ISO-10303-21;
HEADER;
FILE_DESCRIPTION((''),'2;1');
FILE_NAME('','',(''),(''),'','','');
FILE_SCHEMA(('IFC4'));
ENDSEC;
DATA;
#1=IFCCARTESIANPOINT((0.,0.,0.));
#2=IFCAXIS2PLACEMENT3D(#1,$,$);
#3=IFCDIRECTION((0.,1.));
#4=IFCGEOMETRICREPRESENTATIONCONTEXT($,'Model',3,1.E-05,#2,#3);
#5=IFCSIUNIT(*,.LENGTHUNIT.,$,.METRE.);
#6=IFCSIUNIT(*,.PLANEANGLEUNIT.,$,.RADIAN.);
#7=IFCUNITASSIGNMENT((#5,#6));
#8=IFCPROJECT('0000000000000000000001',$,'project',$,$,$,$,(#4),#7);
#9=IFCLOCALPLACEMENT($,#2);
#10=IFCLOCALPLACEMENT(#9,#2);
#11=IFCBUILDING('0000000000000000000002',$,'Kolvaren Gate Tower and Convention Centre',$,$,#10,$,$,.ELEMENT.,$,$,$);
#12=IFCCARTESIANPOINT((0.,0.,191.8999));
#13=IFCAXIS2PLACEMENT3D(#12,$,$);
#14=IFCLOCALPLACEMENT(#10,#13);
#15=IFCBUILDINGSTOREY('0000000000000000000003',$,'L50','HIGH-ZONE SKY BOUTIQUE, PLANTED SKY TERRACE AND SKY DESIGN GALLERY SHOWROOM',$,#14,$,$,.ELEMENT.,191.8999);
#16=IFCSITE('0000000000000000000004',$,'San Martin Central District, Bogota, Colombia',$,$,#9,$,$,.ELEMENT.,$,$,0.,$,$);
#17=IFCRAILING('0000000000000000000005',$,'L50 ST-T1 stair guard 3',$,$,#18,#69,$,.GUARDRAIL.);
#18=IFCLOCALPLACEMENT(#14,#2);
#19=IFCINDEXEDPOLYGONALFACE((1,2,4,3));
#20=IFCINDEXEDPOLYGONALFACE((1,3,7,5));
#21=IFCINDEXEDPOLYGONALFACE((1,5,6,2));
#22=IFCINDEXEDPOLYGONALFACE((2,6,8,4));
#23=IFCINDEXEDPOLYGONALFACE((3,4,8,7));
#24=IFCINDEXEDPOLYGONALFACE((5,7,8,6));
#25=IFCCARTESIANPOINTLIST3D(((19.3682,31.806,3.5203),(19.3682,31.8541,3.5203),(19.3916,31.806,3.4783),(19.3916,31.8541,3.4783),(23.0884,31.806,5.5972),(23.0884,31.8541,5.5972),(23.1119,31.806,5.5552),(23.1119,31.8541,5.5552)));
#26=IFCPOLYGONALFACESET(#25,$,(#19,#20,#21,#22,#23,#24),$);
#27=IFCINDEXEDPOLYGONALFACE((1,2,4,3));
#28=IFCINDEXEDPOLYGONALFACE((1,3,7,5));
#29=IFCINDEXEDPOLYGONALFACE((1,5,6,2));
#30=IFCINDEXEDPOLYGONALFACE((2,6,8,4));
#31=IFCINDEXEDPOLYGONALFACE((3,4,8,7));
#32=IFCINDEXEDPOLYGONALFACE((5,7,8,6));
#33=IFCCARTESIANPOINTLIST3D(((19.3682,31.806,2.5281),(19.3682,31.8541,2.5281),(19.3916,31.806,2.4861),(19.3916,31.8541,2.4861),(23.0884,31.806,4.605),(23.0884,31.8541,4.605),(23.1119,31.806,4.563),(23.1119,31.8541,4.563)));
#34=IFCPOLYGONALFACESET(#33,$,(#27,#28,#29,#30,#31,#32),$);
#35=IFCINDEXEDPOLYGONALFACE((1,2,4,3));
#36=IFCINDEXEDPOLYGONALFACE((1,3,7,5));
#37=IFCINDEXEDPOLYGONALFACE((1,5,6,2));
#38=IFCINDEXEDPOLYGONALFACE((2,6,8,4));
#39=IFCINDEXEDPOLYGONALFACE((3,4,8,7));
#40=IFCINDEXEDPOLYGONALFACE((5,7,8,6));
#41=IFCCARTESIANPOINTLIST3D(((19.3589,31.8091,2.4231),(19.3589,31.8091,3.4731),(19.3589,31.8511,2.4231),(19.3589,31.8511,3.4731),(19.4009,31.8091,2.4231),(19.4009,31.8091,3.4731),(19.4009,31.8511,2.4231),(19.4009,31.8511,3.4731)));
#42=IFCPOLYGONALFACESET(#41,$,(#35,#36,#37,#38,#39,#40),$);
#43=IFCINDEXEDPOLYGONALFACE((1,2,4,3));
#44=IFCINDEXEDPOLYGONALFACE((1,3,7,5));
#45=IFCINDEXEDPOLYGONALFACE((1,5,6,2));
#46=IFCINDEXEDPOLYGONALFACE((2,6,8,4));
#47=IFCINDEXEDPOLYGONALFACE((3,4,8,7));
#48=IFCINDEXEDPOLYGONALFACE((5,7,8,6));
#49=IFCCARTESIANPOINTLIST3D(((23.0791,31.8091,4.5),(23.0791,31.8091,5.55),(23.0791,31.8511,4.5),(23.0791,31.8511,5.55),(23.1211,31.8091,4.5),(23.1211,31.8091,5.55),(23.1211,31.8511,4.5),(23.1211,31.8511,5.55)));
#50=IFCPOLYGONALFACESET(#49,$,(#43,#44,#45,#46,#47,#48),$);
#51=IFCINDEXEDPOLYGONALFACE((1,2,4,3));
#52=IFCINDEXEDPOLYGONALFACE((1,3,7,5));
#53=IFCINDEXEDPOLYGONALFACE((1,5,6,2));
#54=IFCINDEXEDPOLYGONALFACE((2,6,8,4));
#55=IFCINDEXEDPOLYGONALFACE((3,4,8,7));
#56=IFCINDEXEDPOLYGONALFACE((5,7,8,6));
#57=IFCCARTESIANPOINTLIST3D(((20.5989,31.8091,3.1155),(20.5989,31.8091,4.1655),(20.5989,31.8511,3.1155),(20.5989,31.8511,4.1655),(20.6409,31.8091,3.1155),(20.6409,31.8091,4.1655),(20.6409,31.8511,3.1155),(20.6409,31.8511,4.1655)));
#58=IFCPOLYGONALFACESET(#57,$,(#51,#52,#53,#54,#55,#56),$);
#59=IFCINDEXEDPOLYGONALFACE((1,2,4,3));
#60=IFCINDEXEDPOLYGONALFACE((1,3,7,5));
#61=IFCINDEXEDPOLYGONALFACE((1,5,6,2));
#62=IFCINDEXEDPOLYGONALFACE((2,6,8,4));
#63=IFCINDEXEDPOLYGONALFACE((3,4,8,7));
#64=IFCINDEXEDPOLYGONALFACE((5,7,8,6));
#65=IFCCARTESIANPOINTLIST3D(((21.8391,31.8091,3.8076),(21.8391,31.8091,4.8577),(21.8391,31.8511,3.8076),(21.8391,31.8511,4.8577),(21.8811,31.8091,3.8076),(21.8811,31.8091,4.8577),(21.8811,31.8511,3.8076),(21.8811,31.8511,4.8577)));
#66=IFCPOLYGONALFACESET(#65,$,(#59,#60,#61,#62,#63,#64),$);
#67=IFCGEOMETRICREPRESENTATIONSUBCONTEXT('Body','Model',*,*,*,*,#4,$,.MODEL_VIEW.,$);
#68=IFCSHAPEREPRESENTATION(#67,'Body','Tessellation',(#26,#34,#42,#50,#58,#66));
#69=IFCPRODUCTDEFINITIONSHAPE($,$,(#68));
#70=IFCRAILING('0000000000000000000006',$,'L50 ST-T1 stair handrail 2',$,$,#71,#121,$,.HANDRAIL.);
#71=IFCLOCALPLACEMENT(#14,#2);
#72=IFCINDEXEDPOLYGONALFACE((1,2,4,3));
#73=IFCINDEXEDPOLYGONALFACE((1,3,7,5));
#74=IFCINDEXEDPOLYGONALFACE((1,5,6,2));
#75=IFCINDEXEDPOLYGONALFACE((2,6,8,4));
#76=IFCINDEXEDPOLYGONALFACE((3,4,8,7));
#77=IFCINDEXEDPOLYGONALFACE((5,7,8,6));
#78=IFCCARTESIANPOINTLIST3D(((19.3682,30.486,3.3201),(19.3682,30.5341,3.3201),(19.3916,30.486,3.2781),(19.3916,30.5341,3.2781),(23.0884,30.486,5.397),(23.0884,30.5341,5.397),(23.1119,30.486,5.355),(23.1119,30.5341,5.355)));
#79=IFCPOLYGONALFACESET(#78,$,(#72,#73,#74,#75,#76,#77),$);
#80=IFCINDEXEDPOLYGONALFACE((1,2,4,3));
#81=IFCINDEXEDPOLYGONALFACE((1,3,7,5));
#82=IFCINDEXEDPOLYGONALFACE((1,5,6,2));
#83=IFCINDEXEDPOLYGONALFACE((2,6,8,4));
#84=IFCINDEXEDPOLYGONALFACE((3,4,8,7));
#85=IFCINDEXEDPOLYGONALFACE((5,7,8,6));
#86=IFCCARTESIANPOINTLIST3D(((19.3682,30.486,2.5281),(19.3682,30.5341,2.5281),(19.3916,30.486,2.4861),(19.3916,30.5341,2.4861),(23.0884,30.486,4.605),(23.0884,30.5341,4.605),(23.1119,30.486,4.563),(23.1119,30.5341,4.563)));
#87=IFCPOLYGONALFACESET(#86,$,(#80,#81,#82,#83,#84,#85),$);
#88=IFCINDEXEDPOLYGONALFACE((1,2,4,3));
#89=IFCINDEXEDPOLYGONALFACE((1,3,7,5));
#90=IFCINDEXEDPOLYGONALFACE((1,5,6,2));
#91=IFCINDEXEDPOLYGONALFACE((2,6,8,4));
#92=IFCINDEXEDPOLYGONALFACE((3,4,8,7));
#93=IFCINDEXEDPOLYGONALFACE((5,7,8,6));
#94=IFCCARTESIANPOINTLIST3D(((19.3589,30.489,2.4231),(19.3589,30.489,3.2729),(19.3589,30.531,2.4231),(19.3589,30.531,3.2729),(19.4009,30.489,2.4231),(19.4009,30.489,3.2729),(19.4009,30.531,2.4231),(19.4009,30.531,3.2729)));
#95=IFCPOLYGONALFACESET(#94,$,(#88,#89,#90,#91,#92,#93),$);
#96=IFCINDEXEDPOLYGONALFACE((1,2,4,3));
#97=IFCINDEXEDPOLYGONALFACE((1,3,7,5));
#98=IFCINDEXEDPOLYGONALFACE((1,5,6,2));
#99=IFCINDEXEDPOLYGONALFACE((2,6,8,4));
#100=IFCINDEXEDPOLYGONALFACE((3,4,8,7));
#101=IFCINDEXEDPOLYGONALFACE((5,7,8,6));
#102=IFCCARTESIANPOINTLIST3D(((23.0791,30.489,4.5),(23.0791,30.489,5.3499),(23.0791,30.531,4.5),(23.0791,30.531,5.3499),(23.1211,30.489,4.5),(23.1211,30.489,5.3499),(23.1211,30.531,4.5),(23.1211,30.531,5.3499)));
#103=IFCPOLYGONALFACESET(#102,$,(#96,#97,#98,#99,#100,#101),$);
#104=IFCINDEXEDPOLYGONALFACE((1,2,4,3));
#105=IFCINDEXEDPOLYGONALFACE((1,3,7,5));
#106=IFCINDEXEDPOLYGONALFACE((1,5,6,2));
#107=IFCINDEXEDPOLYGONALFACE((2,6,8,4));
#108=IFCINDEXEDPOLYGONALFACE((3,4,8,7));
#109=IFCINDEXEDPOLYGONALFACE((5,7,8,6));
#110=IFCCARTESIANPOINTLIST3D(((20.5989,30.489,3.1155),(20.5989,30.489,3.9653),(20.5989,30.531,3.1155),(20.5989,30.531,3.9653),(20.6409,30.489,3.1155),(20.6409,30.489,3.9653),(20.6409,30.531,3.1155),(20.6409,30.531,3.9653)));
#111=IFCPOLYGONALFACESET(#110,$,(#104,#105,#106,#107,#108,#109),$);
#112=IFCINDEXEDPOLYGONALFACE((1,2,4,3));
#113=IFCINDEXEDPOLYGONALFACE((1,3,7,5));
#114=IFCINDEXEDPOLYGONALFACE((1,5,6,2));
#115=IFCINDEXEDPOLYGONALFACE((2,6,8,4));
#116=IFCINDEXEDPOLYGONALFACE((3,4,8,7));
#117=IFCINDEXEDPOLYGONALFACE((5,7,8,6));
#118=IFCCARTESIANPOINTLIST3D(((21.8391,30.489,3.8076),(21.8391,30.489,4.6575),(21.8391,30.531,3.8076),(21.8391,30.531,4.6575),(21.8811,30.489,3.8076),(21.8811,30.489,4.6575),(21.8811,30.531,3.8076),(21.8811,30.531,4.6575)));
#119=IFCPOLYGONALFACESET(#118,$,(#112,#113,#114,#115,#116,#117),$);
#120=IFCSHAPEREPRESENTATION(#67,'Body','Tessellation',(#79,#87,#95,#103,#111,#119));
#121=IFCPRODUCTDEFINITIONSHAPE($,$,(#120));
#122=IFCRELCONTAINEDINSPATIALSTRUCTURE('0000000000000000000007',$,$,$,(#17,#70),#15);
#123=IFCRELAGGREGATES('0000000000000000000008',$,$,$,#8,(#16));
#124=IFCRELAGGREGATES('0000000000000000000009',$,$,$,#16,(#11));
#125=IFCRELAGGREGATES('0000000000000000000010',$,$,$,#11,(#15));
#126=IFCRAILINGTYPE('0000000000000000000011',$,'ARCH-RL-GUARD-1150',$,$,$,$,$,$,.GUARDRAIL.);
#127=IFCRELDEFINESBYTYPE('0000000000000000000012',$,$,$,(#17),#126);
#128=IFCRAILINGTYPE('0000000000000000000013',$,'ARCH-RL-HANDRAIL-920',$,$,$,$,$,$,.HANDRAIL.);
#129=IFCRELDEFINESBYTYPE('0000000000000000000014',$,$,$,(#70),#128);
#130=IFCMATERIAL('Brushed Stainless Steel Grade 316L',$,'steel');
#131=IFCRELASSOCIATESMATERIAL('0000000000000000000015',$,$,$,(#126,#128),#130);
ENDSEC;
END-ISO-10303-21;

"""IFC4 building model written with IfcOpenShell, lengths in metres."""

from ifc_helpers import new_model, si_unit, direction, frame, origin, origin_2d, place, context, subcontext, project, spatial, rectangle, extrude, material, type_object, element, save


model = new_model("IFC4")

# Units and contexts
model_context = context("Model", 3, precision=1e-05, world=origin(), true_north=direction((0.0, 1.0)))
body_context = subcontext(model_context, "Body", "Model", "MODEL_VIEW")
ifc_project = project(units=[si_unit("LENGTHUNIT", "METRE"), si_unit("PLANEANGLEUNIT", "RADIAN")], contexts=[model_context])

# Site, building, storey
site_placement = place(None, origin())
site = spatial("IfcSite", under=ifc_project, at=site_placement, Name="San Martin Central District, Bogota, Colombia", CompositionType="ELEMENT", RefElevation=0.0)
building_placement = place(site_placement, origin())
building = spatial("IfcBuilding", under=site, at=building_placement, Name="Kolvaren Gate Tower and Convention Centre", CompositionType="ELEMENT")
storey_placement = place(building_placement, frame((0.0, 0.0, 191.8999)))
storey = spatial("IfcBuildingStorey", under=building, at=storey_placement, Name="L50", Description="HIGH-ZONE SKY BOUTIQUE, PLANTED SKY TERRACE AND SKY DESIGN GALLERY SHOWROOM", CompositionType="ELEMENT", Elevation=191.8999)

# Railings
ifc_material_1 = material(Name="Brushed Stainless Steel Grade 316L", Category="steel")
railing_type_1 = type_object("IfcRailingType", Name="ARCH-RL-GUARD-1150", PredefinedType="GUARDRAIL", material=ifc_material_1)
railing_1_placement = place(storey_placement, frame((19.3799, 31.8301, 2.4231)))
element("IfcRailing", 1, at=railing_1_placement, inside=storey, type_object=railing_type_1, Name="L50 ST-T1 stair guard 3", PredefinedType="GUARDRAIL", context=body_context, shape_type="SweptSolid", body=[
    extrude(rectangle(XDim=0.0481, YDim=0.0481, at=origin_2d()), frame((0.0, 0.0, 1.0762), z_axis=(0.873147, 0.0, 0.487457), x_axis=(0.0, 1.0, 0.0)), (0.0, 0.0, 1.0), 4.2607),
    extrude(rectangle(XDim=0.0481, YDim=0.0481, at=origin_2d()), frame((0.0, 0.0, 0.084), z_axis=(0.873147, 0.0, 0.487457), x_axis=(0.0, 1.0, 0.0)), (0.0, 0.0, 1.0), 4.2607),
    extrude(rectangle(XDim=0.042, YDim=0.042, at=origin_2d()), origin(), (0.0, 0.0, 1.0), 1.05),
    extrude(rectangle(XDim=0.042, YDim=0.042, at=origin_2d()), frame((3.7202, 0.0, 2.0769)), (0.0, 0.0, 1.0), 1.05),
    extrude(rectangle(XDim=0.042, YDim=0.042, at=origin_2d()), frame((1.24, 0.0, 0.6924)), (0.0, 0.0, 1.0), 1.05),
    extrude(rectangle(XDim=0.042, YDim=0.042, at=origin_2d()), frame((2.4802, 0.0, 1.3845)), (0.0, 0.0, 1.0), 1.05),
])
railing_type_2 = type_object("IfcRailingType", Name="ARCH-RL-HANDRAIL-920", PredefinedType="HANDRAIL", material=ifc_material_1)
railing_2_placement = place(storey_placement, frame((19.3799, 30.51, 2.4231)))
element("IfcRailing", 2, at=railing_2_placement, inside=storey, type_object=railing_type_2, Name="L50 ST-T1 stair handrail 2", PredefinedType="HANDRAIL", context=body_context, shape_type="SweptSolid", body=[
    extrude(rectangle(XDim=0.0481, YDim=0.0481, at=origin_2d()), frame((0.0, 0.0, 0.876), z_axis=(0.873147, 0.0, 0.487457), x_axis=(0.0, 1.0, 0.0)), (0.0, 0.0, 1.0), 4.2607),
    extrude(rectangle(XDim=0.0481, YDim=0.0481, at=origin_2d()), frame((0.0, 0.0, 0.084), z_axis=(0.873147, 0.0, 0.487457), x_axis=(0.0, 1.0, 0.0)), (0.0, 0.0, 1.0), 4.2607),
    extrude(rectangle(XDim=0.042, YDim=0.042, at=origin_2d()), origin(), (0.0, 0.0, 1.0), 0.8499),
    extrude(rectangle(XDim=0.042, YDim=0.042, at=origin_2d()), frame((3.7202, 0.0, 2.0769)), (0.0, 0.0, 1.0), 0.8499),
    extrude(rectangle(XDim=0.042, YDim=0.042, at=origin_2d()), frame((1.24, 0.0, 0.6924)), (0.0, 0.0, 1.0), 0.8499),
    extrude(rectangle(XDim=0.042, YDim=0.042, at=origin_2d()), frame((2.4802, 0.0, 1.3845)), (0.0, 0.0, 1.0), 0.8499),
])

save(model, "model.ifc")
